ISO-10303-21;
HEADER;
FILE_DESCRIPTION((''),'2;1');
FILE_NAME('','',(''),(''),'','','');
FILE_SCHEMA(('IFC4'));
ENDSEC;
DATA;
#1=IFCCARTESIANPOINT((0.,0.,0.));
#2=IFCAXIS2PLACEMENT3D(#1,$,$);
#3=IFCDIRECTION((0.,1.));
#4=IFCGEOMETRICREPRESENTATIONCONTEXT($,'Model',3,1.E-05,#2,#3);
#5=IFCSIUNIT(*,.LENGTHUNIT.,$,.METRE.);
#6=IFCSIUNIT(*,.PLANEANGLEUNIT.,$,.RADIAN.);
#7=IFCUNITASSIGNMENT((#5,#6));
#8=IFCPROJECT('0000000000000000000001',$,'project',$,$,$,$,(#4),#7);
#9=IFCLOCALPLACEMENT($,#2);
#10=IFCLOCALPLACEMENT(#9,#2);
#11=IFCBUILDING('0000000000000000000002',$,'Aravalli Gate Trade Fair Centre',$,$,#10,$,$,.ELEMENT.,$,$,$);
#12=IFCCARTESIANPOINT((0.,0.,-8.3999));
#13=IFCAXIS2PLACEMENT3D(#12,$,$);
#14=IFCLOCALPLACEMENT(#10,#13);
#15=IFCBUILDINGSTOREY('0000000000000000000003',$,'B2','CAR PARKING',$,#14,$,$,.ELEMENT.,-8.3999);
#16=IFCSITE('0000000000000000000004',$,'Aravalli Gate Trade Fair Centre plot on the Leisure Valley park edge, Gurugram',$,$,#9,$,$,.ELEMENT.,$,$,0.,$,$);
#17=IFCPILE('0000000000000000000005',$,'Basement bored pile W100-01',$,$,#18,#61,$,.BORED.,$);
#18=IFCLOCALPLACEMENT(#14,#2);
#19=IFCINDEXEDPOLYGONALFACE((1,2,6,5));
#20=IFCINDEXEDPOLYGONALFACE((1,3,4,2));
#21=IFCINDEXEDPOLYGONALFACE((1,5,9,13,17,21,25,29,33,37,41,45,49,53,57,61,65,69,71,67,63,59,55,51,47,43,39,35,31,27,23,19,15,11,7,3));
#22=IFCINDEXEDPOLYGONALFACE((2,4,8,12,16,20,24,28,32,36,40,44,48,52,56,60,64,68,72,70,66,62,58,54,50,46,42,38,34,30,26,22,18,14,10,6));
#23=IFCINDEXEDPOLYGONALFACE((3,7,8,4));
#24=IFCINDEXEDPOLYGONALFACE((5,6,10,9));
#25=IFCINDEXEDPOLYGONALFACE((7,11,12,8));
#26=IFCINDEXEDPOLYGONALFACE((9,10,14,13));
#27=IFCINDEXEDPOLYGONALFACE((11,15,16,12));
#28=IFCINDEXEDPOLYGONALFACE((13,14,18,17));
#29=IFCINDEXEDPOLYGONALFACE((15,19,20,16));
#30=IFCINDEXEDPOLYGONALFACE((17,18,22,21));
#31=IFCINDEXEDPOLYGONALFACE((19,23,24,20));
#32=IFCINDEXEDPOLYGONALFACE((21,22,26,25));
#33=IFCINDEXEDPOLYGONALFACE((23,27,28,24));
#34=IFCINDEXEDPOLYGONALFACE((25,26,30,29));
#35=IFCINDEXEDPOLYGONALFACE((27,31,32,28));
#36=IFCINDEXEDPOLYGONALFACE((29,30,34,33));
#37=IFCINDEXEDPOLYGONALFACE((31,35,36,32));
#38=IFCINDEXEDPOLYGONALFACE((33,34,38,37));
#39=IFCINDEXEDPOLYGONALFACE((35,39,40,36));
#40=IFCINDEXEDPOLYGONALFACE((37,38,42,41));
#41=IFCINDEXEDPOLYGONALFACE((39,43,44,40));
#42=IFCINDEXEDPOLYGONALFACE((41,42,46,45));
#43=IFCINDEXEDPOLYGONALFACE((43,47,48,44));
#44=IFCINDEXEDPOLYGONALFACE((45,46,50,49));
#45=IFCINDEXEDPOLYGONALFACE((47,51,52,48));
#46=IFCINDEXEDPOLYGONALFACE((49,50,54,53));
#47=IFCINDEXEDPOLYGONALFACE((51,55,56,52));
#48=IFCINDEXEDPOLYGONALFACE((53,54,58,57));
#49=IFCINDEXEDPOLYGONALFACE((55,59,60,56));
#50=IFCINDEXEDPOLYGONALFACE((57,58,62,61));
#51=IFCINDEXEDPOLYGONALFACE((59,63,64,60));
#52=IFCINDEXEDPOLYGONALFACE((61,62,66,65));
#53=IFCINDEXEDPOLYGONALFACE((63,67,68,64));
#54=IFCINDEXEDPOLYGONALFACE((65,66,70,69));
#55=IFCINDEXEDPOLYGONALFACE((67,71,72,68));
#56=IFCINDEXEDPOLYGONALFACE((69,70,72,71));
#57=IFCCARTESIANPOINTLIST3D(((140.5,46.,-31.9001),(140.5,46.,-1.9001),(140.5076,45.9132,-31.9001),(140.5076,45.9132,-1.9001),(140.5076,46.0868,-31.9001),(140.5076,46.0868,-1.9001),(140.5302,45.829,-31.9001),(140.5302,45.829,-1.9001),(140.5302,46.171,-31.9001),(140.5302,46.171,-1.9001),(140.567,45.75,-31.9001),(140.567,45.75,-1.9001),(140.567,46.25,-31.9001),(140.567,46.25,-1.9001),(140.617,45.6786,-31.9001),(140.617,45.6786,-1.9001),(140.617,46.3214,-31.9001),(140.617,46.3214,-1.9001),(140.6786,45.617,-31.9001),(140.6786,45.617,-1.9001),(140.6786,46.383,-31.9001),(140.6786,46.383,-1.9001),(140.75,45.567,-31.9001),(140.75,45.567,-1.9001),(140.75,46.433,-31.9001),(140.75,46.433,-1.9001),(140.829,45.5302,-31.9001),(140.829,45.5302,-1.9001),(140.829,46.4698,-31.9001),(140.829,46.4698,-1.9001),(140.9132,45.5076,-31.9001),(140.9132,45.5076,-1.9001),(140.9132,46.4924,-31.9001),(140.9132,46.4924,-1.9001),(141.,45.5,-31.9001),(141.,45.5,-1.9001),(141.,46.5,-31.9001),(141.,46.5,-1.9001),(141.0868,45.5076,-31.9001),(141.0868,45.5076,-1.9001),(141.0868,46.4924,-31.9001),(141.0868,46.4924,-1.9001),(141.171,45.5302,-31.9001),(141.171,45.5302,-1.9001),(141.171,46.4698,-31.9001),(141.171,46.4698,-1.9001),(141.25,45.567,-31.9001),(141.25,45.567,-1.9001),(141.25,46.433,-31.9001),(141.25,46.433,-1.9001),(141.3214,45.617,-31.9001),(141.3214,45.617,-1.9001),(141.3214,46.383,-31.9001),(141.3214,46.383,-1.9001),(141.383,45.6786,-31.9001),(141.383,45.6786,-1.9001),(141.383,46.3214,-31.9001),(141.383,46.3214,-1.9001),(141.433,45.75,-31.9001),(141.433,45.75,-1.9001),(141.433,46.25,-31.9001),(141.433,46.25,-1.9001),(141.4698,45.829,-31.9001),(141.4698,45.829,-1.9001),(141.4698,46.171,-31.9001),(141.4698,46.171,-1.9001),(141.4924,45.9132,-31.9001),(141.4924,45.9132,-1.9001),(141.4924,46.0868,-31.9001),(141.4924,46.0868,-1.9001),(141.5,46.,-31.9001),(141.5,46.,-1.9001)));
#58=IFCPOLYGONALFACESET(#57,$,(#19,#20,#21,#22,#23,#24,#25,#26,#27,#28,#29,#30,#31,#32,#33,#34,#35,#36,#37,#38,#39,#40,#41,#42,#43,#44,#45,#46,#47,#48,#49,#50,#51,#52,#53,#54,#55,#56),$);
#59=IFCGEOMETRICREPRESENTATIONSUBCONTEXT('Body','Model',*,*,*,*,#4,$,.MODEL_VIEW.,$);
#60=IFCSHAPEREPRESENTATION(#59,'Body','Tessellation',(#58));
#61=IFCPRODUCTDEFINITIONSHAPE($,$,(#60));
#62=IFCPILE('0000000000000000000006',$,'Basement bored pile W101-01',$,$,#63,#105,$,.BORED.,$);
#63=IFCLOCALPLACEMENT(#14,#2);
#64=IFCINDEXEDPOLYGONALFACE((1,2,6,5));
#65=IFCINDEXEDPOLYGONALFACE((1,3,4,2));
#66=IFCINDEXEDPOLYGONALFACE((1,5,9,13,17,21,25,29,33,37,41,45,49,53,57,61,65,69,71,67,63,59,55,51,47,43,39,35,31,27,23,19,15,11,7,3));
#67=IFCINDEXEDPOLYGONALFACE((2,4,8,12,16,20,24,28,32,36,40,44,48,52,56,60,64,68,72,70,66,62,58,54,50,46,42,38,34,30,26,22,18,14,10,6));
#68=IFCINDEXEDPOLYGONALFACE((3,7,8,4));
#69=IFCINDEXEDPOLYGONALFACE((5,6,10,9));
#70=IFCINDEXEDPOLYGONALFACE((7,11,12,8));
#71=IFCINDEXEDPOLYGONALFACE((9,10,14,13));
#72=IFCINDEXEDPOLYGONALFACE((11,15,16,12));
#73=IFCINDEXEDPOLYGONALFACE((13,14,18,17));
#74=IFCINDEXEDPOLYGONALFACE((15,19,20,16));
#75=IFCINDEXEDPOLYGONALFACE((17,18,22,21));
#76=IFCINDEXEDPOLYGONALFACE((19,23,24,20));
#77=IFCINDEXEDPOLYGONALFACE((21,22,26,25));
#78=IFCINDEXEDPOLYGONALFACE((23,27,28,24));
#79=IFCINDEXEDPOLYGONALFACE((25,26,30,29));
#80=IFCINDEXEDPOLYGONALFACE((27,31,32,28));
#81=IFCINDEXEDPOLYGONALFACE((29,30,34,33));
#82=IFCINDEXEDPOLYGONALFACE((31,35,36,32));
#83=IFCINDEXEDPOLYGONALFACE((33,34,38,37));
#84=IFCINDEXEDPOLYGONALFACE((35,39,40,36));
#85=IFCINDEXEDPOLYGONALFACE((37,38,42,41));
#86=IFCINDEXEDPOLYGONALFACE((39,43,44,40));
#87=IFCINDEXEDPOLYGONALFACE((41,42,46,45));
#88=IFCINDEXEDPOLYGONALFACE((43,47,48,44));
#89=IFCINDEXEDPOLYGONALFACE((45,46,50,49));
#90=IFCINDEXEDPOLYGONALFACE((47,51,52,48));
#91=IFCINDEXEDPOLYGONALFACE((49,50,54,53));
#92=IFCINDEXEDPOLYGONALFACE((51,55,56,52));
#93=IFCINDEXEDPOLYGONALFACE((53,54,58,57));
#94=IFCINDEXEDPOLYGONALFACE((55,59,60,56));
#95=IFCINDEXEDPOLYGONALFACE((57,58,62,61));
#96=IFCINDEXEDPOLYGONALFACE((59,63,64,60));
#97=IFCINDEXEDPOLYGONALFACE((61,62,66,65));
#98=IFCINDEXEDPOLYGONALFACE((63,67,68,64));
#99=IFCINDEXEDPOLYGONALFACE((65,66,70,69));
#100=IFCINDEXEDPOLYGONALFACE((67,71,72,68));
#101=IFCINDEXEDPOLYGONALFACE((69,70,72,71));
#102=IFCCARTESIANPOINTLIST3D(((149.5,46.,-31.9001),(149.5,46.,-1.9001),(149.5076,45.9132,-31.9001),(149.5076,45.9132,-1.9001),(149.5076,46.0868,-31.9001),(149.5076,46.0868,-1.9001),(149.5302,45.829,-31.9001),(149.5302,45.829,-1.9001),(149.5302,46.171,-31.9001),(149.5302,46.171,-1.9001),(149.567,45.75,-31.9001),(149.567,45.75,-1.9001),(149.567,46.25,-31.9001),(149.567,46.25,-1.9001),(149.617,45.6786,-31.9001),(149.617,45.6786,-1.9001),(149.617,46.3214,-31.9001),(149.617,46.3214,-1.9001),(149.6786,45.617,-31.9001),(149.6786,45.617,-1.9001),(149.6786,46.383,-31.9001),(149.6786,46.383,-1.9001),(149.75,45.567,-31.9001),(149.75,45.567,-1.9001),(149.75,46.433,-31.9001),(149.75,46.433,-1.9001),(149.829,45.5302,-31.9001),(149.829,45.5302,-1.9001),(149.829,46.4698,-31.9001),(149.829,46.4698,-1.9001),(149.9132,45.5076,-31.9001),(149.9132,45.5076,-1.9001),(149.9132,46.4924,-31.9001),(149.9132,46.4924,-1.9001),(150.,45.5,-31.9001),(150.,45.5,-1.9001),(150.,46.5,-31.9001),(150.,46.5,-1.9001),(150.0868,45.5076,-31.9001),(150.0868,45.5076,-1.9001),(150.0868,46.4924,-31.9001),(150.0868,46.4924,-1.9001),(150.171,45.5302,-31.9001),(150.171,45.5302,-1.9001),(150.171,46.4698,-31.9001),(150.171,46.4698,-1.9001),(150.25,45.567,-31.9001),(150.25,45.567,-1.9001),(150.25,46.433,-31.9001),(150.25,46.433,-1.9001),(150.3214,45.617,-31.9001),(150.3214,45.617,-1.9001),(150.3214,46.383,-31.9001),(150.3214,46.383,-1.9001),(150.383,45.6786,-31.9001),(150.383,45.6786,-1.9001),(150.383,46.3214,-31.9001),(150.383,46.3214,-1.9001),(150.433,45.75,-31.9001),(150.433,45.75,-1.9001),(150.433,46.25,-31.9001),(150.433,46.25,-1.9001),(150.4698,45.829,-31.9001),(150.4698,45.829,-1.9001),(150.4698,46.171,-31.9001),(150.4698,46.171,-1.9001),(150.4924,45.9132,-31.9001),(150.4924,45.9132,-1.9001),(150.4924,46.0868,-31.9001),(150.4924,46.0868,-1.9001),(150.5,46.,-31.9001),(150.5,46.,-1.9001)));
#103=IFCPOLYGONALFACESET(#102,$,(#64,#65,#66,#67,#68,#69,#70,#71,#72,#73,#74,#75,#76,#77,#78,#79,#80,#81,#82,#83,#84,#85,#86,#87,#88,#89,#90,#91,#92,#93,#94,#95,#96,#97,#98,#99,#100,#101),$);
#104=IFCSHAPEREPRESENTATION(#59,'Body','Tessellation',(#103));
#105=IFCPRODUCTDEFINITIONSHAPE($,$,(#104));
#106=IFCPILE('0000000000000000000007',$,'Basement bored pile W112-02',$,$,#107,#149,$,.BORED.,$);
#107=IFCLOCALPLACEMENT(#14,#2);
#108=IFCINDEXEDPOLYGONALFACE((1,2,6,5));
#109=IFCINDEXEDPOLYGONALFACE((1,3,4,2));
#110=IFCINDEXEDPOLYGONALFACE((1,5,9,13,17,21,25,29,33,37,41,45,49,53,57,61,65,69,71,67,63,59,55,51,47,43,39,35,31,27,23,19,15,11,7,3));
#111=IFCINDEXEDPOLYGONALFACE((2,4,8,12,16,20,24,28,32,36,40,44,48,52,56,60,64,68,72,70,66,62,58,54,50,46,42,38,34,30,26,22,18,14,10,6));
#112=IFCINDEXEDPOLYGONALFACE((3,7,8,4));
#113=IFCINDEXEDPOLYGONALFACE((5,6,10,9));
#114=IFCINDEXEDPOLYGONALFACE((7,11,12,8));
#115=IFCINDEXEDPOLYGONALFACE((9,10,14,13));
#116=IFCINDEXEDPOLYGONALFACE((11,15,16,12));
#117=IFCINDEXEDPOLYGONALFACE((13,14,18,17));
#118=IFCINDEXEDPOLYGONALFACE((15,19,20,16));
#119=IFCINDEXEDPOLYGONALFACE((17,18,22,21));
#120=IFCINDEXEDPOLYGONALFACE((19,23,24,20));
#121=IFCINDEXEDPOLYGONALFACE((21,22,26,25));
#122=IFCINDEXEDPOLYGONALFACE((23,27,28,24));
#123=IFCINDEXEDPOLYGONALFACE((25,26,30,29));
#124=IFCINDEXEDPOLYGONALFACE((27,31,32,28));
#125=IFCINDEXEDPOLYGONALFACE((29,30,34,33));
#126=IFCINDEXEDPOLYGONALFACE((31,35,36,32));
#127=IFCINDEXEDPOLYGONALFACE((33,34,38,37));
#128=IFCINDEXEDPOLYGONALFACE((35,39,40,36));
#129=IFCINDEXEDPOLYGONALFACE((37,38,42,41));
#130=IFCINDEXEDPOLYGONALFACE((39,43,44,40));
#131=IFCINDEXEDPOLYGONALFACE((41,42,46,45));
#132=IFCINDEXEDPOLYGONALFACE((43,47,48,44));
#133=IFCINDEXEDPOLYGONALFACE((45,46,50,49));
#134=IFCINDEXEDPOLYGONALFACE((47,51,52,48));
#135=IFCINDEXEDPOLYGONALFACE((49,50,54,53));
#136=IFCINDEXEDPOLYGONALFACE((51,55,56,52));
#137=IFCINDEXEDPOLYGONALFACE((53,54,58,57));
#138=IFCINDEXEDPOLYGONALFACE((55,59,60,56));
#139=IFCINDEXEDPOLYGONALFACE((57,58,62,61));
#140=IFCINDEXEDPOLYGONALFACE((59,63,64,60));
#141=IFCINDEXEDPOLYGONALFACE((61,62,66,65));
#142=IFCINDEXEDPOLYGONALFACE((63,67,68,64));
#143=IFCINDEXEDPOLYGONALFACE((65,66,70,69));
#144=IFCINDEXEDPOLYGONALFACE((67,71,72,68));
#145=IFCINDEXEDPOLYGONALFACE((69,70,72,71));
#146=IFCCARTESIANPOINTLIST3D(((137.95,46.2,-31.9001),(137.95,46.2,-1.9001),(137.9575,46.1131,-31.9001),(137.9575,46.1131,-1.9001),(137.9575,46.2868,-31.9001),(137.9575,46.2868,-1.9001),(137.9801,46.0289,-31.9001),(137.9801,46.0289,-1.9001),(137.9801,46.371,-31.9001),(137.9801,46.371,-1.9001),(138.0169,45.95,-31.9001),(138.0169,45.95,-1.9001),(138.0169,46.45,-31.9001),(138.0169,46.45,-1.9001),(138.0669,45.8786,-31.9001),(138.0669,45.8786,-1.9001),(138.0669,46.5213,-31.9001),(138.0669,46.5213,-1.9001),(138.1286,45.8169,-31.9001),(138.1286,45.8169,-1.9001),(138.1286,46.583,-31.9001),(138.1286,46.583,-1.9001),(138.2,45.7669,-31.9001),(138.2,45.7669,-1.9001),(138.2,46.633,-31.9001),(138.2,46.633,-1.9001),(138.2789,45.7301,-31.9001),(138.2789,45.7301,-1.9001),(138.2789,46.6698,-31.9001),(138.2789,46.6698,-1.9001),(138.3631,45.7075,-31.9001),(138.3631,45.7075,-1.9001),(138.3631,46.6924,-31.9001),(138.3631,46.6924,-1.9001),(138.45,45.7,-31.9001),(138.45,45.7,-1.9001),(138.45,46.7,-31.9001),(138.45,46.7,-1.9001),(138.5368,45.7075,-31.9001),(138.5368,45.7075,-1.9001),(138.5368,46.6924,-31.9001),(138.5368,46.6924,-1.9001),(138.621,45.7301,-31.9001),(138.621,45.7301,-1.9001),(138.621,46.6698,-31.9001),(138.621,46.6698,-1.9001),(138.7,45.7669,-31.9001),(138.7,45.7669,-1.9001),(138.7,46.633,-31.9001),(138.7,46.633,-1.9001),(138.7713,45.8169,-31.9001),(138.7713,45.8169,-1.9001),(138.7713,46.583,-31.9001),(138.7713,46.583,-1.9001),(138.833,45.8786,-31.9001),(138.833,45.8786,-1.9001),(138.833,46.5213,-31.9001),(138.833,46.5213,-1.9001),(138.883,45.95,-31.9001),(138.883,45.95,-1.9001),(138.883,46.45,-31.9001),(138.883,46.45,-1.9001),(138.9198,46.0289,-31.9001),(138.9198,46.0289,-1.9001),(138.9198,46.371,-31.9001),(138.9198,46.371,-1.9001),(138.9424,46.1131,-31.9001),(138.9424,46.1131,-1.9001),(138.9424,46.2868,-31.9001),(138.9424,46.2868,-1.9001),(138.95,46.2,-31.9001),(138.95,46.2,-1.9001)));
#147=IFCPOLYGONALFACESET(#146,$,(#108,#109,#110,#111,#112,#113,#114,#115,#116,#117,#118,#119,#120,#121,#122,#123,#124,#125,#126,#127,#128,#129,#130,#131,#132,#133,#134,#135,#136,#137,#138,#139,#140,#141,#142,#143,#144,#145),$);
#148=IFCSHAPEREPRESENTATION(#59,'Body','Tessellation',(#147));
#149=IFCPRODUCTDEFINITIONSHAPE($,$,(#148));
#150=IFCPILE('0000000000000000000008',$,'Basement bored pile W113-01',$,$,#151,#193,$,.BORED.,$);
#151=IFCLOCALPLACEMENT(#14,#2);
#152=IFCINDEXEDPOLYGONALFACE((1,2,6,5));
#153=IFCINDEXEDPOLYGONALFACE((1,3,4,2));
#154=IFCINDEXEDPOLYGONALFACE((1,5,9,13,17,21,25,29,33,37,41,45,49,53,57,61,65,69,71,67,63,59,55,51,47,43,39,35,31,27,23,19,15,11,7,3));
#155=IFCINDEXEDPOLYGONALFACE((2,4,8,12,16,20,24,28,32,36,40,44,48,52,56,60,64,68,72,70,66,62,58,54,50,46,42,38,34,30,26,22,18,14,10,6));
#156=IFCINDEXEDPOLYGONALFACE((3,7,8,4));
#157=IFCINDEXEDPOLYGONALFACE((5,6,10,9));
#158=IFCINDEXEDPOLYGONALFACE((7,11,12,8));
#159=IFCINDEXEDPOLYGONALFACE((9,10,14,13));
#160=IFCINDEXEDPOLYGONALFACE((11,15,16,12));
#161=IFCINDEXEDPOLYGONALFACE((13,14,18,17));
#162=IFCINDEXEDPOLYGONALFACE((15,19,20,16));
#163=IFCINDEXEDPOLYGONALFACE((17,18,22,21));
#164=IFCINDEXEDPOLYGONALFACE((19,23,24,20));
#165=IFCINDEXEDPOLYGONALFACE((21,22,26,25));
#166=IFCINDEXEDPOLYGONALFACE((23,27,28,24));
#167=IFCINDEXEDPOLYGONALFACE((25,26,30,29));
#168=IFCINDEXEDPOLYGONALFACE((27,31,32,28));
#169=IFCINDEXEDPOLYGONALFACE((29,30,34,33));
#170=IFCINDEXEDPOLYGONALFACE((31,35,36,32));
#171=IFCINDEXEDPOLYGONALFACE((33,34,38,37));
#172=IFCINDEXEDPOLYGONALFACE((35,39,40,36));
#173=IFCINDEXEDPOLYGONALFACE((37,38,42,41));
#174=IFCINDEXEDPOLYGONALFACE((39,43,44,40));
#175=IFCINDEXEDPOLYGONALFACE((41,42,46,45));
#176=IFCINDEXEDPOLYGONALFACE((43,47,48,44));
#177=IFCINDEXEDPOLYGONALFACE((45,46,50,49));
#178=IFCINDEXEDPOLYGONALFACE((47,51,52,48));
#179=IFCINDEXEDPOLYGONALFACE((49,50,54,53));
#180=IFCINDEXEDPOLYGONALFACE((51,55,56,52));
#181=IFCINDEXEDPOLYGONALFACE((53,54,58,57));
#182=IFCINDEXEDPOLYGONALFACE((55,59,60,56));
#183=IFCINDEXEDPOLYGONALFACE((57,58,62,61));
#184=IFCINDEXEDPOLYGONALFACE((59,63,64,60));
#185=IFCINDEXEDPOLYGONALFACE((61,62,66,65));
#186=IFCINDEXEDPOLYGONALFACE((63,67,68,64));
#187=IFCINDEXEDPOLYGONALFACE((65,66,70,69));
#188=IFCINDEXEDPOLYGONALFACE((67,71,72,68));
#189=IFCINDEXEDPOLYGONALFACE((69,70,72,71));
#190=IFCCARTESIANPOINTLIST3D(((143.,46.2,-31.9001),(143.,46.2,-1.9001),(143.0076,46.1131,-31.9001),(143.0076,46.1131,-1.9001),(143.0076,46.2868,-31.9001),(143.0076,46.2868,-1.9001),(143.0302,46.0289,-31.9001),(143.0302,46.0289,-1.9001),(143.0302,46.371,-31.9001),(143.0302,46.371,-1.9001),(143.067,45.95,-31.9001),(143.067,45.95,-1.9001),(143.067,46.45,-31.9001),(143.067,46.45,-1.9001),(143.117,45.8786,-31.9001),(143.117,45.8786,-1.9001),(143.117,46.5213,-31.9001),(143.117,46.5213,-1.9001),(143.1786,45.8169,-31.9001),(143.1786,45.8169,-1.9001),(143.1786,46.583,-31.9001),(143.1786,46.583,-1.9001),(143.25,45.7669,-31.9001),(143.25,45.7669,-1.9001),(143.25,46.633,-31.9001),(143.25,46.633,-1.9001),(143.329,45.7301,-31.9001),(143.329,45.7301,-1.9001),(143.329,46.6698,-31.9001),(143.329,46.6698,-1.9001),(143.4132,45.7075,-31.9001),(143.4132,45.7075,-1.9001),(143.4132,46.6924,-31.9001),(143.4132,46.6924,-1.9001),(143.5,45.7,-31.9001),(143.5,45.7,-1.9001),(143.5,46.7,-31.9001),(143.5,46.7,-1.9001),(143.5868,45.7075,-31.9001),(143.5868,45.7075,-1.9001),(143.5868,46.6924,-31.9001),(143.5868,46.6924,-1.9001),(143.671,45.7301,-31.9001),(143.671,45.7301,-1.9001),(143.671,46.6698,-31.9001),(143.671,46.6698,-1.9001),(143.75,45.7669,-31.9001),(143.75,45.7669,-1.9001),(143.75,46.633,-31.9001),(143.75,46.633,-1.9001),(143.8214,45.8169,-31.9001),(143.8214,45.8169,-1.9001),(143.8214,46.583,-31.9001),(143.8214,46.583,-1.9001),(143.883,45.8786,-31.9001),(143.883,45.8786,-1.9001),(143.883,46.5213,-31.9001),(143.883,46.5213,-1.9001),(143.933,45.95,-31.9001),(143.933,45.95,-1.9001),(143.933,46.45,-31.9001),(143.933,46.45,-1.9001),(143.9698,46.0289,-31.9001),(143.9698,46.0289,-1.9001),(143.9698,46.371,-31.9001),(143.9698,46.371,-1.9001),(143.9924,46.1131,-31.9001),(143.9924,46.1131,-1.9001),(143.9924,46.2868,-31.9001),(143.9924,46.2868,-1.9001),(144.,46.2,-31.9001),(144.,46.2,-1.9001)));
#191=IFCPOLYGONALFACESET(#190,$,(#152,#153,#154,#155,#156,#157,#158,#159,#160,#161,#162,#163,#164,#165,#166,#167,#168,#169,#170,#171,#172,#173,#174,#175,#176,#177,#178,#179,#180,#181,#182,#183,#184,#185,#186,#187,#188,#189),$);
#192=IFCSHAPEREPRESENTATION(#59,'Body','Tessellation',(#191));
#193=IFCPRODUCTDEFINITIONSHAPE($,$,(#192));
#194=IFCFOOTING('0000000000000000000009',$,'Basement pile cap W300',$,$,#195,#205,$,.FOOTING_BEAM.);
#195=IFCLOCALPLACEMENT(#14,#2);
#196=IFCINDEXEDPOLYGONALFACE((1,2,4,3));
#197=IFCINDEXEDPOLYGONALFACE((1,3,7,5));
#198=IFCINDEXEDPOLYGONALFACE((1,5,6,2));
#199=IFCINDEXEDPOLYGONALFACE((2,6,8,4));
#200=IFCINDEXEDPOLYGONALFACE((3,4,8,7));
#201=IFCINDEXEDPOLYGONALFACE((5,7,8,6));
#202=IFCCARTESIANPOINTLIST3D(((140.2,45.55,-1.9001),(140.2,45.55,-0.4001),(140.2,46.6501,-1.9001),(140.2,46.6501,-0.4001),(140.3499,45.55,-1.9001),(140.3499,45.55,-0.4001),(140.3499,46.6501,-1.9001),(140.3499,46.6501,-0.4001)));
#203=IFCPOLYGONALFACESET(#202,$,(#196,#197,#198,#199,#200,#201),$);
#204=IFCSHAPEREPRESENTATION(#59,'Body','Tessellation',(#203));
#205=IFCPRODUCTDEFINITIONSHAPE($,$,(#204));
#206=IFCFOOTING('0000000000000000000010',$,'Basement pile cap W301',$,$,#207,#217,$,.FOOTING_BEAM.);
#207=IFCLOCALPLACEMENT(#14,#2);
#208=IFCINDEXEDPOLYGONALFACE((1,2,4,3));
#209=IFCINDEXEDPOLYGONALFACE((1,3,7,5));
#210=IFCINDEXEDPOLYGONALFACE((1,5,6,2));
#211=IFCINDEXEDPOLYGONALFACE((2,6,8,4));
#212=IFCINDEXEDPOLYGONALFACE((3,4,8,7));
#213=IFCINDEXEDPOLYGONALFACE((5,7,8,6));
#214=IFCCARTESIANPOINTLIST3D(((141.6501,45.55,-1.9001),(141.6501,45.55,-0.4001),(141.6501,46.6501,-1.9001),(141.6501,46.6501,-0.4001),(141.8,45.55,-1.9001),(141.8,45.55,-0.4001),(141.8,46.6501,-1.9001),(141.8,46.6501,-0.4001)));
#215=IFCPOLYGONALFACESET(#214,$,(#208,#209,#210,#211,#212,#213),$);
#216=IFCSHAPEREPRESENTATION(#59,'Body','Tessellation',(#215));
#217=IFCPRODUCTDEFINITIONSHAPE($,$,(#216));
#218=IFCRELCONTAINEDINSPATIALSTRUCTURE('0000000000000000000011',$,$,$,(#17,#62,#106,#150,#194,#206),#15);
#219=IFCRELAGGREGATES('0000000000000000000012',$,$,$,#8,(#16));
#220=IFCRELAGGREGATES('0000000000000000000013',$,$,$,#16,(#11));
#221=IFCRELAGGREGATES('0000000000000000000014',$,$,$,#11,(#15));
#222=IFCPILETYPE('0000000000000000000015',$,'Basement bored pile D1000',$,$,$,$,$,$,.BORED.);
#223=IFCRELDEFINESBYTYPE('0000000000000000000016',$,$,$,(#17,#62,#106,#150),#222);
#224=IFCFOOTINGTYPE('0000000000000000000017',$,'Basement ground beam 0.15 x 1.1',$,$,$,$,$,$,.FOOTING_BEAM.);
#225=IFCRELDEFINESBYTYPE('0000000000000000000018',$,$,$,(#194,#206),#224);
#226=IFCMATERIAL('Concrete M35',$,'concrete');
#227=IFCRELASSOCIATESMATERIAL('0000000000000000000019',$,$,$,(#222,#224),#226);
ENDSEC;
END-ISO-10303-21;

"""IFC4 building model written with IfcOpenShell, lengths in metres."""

from ifc_helpers import new_model, si_unit, direction, frame, origin, origin_2d, place, context, subcontext, project, spatial, rectangle, circle, extrude, material, material_profile, profile_set, type_object, element, save


model = new_model("IFC4")

# Units and contexts
model_context = context("Model", 3, precision=1e-05, world=origin(), true_north=direction((0.0, 1.0)))
body_context = subcontext(model_context, "Body", "Model", "MODEL_VIEW")
ifc_project = project(units=[si_unit("LENGTHUNIT", "METRE"), si_unit("PLANEANGLEUNIT", "RADIAN")], contexts=[model_context])

# Site, building, storey
site_placement = place(None, origin())
site = spatial("IfcSite", under=ifc_project, at=site_placement, Name="Aravalli Gate Trade Fair Centre plot on the Leisure Valley park edge, Gurugram", CompositionType="ELEMENT", RefElevation=0.0)
building_placement = place(site_placement, origin())
building = spatial("IfcBuilding", under=site, at=building_placement, Name="Aravalli Gate Trade Fair Centre", CompositionType="ELEMENT")
storey_placement = place(building_placement, frame((0.0, 0.0, -8.3999)))
storey = spatial("IfcBuildingStorey", under=building, at=storey_placement, Name="B2", Description="CAR PARKING", CompositionType="ELEMENT", Elevation=-8.3999)

# Piles
ifc_material_1 = material(Name="Concrete M35", Category="concrete")
ifc_material_profile_1 = material_profile(ifc_material_1, circle(Radius=0.5, at=origin_2d()), Name="D1000")
ifc_profile_set_1 = profile_set([ifc_material_profile_1], Name="Concrete M35")
pile_type = type_object("IfcPileType", Name="Basement bored pile D1000", PredefinedType="BORED", material=ifc_profile_set_1)
for number, where, z_axis, x_axis, name in (
    (1, (141.0, 46.0, -1.9001), (0.0, 0.0, -1.0), (1.0, 0.0, 0.0), "Basement bored pile W100-01"),
    (2, (150.0, 46.0, -1.9001), (0.0, 0.0, -1.0), (1.0, 0.0, 0.0), "Basement bored pile W101-01"),
    (3, (138.45, 46.2, -1.9001), (0.0, 0.0, -1.0), (1.0, 0.0, 0.0), "Basement bored pile W112-02"),
    (4, (143.5, 46.2, -1.9001), (0.0, 0.0, -1.0), (1.0, 0.0, 0.0), "Basement bored pile W113-01"),
):
    element("IfcPile", number, at=place(storey_placement, frame(where, z_axis=z_axis, x_axis=x_axis)), inside=storey, type_object=pile_type, Name=name, PredefinedType="BORED", context=body_context, shape_type="SweptSolid", body=[
        extrude(circle(Radius=0.5, at=origin_2d()), origin(), (0.0, 0.0, 1.0), 30.0),
    ])

# Footings
footing_type_1 = type_object("IfcFootingType", Name="Basement ground beam 0.15 x 1.1", PredefinedType="FOOTING_BEAM", material=ifc_material_1)
for number, where, z_axis, x_axis, name in (
    (5, (140.2749, 46.1001, -1.9001), (0.0, 0.0, 1.0), (1.0, 0.0, 0.0), "Basement pile cap W300"),
    (6, (141.7251, 46.1001, -1.9001), (0.0, 0.0, 1.0), (1.0, 0.0, 0.0), "Basement pile cap W301"),
):
    element("IfcFooting", number, at=place(storey_placement, frame(where, z_axis=z_axis, x_axis=x_axis)), inside=storey, type_object=footing_type_1, Name=name, PredefinedType="FOOTING_BEAM", context=body_context, shape_type="SweptSolid", body=[
        extrude(rectangle(XDim=0.1499, YDim=1.1001, at=origin_2d()), origin(), (0.0, 0.0, 1.0), 1.5),
    ])

save(model, "model.ifc")
